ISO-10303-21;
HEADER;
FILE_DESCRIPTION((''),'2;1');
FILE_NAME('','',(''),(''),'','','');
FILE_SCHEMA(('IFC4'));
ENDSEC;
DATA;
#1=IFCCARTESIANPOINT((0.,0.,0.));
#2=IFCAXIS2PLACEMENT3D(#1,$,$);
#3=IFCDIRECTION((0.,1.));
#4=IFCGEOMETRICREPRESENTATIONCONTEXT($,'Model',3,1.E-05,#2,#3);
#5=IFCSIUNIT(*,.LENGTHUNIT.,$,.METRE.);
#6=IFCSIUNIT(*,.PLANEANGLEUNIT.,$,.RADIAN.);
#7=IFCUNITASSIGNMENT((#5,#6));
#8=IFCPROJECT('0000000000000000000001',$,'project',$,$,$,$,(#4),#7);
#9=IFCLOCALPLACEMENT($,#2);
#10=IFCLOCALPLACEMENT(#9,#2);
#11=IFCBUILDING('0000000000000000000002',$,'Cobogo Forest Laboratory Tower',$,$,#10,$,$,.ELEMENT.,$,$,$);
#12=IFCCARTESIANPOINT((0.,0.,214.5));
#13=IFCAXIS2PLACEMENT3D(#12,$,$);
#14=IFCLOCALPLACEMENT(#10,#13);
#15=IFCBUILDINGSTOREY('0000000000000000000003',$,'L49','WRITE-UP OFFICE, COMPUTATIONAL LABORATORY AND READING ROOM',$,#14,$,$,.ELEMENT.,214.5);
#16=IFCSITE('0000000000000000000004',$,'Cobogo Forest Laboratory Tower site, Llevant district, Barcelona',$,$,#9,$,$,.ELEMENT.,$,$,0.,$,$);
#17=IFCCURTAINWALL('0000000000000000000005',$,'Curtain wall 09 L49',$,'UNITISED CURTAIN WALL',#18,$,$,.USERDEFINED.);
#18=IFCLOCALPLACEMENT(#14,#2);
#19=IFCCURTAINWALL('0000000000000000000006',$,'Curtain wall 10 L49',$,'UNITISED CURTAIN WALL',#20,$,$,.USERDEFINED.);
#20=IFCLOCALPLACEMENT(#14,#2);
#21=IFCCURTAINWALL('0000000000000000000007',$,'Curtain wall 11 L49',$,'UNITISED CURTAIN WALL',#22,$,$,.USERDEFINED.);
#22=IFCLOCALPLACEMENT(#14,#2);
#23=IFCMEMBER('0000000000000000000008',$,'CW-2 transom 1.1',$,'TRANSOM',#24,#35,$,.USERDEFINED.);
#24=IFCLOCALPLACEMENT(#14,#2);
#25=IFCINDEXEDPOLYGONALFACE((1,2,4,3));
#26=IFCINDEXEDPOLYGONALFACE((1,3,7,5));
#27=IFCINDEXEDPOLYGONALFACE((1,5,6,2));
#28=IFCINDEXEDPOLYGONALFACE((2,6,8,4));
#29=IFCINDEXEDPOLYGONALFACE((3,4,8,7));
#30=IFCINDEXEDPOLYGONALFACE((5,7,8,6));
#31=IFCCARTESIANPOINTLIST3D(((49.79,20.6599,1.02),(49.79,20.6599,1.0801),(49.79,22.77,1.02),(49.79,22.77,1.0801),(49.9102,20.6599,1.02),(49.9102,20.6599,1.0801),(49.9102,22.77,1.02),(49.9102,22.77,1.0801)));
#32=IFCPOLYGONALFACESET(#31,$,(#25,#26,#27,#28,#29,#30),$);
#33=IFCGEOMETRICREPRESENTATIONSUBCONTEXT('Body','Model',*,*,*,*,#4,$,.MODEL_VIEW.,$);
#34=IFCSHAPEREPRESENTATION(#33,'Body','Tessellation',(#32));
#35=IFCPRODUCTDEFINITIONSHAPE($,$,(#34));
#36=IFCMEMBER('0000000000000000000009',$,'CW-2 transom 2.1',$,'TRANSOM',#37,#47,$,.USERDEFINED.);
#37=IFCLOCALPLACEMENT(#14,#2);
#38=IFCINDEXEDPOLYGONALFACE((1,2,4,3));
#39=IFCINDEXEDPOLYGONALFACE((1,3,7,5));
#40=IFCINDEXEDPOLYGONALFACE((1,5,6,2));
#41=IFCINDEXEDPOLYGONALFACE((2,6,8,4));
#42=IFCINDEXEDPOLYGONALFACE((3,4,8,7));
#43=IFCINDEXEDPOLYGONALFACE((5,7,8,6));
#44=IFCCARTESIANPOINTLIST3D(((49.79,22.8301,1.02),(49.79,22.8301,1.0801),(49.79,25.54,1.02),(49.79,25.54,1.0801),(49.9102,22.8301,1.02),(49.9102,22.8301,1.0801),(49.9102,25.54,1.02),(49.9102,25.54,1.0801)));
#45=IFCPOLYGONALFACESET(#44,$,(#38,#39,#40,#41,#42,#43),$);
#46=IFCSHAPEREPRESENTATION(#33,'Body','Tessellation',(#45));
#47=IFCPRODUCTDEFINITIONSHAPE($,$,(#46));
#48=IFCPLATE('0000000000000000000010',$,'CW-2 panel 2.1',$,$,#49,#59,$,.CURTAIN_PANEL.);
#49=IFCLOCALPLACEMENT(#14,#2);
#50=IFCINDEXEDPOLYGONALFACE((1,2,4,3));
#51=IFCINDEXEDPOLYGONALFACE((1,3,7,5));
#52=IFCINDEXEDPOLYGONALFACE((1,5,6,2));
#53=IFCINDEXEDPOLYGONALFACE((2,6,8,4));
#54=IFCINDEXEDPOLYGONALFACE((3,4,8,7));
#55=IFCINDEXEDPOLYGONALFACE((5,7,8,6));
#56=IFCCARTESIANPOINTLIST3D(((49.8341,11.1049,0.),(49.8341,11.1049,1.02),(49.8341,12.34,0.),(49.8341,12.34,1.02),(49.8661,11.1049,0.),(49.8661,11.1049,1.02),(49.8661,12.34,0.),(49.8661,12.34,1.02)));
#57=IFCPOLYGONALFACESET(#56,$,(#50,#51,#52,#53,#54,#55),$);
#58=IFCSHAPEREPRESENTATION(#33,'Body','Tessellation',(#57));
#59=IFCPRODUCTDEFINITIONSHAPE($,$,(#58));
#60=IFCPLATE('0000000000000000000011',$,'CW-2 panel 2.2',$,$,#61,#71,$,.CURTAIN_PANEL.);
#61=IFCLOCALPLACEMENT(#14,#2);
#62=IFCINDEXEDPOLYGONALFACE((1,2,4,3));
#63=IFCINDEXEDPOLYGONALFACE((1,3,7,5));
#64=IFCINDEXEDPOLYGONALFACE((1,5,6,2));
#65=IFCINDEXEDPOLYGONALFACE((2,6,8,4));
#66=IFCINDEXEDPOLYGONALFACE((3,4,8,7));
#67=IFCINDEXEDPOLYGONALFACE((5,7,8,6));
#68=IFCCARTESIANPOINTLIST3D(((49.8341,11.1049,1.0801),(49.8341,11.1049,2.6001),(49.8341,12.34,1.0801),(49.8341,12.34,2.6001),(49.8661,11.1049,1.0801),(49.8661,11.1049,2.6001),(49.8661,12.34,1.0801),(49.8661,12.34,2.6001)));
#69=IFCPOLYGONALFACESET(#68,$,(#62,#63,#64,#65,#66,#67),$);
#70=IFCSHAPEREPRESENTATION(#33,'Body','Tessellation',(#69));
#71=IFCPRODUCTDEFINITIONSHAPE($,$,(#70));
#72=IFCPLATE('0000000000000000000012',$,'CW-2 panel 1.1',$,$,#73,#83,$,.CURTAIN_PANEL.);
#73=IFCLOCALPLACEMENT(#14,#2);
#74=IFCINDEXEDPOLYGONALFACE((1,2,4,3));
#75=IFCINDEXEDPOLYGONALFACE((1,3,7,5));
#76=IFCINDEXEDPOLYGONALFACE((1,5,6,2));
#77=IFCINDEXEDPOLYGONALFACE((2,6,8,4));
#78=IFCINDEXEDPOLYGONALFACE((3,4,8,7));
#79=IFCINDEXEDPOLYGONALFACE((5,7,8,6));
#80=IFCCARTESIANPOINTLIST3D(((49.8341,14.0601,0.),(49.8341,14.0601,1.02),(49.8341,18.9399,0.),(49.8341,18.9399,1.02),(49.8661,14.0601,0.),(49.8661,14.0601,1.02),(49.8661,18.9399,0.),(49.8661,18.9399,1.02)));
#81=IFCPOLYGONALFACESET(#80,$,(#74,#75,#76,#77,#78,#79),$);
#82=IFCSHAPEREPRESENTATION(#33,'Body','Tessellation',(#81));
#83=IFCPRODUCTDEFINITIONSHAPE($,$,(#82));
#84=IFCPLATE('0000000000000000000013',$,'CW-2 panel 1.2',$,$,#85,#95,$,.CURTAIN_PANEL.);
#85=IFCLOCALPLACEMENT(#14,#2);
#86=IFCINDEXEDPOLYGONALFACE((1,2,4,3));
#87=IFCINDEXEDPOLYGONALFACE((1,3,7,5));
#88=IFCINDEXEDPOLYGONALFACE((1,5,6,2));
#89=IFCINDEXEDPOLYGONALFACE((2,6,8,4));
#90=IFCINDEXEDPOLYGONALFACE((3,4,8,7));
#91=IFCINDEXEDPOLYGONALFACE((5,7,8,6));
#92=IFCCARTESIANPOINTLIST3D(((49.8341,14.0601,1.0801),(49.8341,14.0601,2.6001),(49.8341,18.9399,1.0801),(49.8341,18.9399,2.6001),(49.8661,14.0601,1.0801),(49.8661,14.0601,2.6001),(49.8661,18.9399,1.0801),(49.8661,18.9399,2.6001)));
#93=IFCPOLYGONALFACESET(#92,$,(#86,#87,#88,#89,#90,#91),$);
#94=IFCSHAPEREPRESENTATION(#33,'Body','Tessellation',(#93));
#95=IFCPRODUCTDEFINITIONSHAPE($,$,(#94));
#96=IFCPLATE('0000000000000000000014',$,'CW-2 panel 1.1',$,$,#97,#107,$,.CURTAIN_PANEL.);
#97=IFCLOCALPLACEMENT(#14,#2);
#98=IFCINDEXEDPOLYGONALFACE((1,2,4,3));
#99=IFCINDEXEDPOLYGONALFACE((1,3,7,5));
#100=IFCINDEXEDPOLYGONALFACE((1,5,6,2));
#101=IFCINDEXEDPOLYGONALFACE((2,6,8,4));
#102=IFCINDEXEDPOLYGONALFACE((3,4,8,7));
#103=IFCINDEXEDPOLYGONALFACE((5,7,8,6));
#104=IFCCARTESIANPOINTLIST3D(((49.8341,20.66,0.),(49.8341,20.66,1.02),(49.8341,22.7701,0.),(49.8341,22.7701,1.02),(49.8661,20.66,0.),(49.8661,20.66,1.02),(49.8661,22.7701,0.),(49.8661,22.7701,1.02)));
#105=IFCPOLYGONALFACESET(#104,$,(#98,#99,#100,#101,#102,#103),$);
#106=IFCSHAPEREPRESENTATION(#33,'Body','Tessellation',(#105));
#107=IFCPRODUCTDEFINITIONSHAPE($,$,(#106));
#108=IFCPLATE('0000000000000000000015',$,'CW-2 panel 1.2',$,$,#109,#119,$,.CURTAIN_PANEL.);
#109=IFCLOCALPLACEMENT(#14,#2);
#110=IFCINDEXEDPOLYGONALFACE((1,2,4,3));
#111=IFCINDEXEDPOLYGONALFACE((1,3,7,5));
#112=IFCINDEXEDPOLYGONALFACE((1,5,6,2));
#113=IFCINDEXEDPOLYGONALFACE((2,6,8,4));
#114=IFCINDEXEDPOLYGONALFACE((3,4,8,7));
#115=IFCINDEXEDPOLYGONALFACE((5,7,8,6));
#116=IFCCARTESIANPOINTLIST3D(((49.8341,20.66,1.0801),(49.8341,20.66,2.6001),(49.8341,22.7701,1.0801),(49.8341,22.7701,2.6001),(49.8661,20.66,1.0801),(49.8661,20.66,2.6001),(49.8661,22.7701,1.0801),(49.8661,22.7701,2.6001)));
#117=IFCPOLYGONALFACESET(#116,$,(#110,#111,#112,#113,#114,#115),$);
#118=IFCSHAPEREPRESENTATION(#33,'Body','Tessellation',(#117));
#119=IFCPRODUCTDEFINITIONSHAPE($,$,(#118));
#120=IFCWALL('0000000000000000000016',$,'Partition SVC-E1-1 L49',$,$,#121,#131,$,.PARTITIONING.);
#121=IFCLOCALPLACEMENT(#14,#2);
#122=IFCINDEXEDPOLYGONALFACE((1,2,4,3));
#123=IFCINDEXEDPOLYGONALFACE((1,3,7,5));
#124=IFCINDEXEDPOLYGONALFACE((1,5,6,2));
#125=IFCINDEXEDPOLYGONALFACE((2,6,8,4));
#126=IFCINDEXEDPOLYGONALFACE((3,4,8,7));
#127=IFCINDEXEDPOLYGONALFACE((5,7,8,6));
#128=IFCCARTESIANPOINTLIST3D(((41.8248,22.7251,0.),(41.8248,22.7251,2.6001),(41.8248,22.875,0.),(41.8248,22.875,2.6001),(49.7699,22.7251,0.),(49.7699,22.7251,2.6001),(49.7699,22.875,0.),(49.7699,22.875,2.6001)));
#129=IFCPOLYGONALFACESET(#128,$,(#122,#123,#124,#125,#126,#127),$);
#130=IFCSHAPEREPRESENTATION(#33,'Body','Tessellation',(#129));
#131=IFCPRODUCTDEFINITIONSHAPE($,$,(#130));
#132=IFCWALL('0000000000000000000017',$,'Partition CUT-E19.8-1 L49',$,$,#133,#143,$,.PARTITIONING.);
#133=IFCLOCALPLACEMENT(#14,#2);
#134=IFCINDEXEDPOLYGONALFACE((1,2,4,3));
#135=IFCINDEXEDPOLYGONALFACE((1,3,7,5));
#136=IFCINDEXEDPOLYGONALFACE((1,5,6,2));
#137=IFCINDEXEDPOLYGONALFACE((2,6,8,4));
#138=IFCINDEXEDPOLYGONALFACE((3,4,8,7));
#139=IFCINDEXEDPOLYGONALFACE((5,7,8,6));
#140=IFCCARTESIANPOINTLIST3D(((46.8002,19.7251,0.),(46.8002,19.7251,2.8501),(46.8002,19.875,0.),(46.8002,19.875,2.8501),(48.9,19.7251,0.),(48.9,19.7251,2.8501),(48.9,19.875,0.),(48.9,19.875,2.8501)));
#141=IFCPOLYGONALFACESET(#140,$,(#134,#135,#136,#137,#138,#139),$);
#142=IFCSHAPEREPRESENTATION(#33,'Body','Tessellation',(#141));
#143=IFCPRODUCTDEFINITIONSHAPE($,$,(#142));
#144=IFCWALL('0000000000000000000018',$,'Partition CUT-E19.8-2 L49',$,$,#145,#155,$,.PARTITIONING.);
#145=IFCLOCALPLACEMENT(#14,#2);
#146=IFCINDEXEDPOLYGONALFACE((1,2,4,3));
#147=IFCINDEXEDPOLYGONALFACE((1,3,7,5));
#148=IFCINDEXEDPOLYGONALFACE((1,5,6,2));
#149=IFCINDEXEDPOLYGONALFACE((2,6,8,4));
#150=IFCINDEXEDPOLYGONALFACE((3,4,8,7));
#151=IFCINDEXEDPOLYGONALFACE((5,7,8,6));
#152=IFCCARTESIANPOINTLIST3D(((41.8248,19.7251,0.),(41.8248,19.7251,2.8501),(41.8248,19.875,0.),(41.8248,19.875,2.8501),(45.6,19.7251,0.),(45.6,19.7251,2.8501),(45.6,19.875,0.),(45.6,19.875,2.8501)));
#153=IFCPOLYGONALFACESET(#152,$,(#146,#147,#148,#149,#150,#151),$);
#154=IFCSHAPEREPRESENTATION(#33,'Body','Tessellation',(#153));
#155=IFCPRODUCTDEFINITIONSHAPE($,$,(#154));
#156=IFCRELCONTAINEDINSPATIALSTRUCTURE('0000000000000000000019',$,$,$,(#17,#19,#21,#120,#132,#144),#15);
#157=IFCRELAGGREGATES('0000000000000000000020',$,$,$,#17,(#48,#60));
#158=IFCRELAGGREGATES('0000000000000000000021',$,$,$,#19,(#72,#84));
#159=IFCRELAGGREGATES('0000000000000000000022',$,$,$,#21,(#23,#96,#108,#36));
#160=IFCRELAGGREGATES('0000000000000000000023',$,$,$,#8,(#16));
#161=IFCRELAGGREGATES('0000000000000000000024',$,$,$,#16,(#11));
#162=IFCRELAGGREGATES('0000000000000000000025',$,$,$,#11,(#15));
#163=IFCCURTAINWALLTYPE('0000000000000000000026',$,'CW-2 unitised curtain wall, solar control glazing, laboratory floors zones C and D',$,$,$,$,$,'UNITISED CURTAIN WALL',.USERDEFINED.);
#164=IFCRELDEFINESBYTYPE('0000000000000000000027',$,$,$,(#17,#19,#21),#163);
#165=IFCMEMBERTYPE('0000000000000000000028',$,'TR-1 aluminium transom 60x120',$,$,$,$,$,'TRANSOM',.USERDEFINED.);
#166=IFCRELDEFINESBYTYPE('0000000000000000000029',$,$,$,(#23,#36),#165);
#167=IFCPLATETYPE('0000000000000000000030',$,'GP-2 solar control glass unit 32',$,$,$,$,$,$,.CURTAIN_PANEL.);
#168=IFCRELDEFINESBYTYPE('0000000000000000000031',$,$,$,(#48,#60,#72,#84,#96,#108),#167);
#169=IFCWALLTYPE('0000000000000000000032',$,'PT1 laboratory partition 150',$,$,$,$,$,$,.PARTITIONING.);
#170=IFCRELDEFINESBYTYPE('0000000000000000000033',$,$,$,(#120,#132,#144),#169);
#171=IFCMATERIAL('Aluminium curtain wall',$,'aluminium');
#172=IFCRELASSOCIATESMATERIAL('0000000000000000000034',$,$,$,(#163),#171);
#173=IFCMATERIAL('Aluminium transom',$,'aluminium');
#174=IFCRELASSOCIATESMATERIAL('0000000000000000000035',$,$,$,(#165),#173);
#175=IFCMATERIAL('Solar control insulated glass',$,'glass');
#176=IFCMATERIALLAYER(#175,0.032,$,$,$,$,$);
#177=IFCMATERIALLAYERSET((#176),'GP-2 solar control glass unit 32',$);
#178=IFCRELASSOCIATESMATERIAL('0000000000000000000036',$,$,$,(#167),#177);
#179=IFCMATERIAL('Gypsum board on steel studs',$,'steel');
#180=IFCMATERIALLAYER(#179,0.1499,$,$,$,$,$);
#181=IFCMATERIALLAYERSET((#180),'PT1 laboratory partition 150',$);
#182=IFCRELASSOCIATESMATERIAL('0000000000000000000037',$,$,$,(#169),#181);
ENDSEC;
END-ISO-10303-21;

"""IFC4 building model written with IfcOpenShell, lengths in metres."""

from ifc_helpers import new_model, si_unit, direction, frame, frame_2d, origin, origin_2d, place, context, subcontext, project, spatial, rectangle, extrude, material, layer, layer_set, material_profile, profile_set, type_object, element, aggregate, save


model = new_model("IFC4")

# Units and contexts
model_context = context("Model", 3, precision=1e-05, world=origin(), true_north=direction((0.0, 1.0)))
body_context = subcontext(model_context, "Body", "Model", "MODEL_VIEW")
ifc_project = project(units=[si_unit("LENGTHUNIT", "METRE"), si_unit("PLANEANGLEUNIT", "RADIAN")], contexts=[model_context])

# Site, building, storey
site_placement = place(None, origin())
site = spatial("IfcSite", under=ifc_project, at=site_placement, Name="Cobogo Forest Laboratory Tower site, Llevant district, Barcelona", CompositionType="ELEMENT", RefElevation=0.0)
building_placement = place(site_placement, origin())
building = spatial("IfcBuilding", under=site, at=building_placement, Name="Cobogo Forest Laboratory Tower", CompositionType="ELEMENT")
storey_placement = place(building_placement, frame((0.0, 0.0, 214.5)))
storey = spatial("IfcBuildingStorey", under=building, at=storey_placement, Name="L49", Description="WRITE-UP OFFICE, COMPUTATIONAL LABORATORY AND READING ROOM", CompositionType="ELEMENT", Elevation=214.5)

# Curtain wall
ifc_material_1 = material(Name="Aluminium curtain wall", Category="aluminium")
curtain_wall_type = type_object("IfcCurtainWallType", Name="CW-2 unitised curtain wall, solar control glazing, laboratory floors zones C and D", ElementType="UNITISED CURTAIN WALL", PredefinedType="USERDEFINED", material=ifc_material_1)
curtain_wall_1_placement = place(storey_placement, origin())
curtain_wall_1 = element("IfcCurtainWall", 1, at=curtain_wall_1_placement, inside=storey, type_object=curtain_wall_type, Name="Curtain wall 09 L49", ObjectType="UNITISED CURTAIN WALL", PredefinedType="USERDEFINED")

# Curtain walls
curtain_wall_2_placement = place(storey_placement, origin())
curtain_wall_2 = element("IfcCurtainWall", 2, at=curtain_wall_2_placement, inside=storey, type_object=curtain_wall_type, Name="Curtain wall 10 L49", ObjectType="UNITISED CURTAIN WALL", PredefinedType="USERDEFINED")
curtain_wall_3_placement = place(storey_placement, origin())
curtain_wall_3 = element("IfcCurtainWall", 3, at=curtain_wall_3_placement, inside=storey, type_object=curtain_wall_type, Name="Curtain wall 11 L49", ObjectType="UNITISED CURTAIN WALL", PredefinedType="USERDEFINED")

# Members
ifc_material_2 = material(Name="Aluminium transom", Category="aluminium")
ifc_material_profile_1 = material_profile(ifc_material_2, rectangle(XDim=0.1201, YDim=0.0601, at=origin_2d()), Name="AL 60x120")
ifc_profile_set_1 = profile_set([ifc_material_profile_1], Name="Aluminium transom")
member_type_1 = type_object("IfcMemberType", Name="TR-1 aluminium transom 60x120", ElementType="TRANSOM", PredefinedType="USERDEFINED", material=ifc_profile_set_1)
member_1_placement = place(storey_placement, frame((49.8501, 20.6599, 1.05), z_axis=(0.0, 1.0, 0.0), x_axis=(-1.0, 0.0, 0.0)))
member_1 = element("IfcMember", 4, at=member_1_placement, type_object=member_type_1, Name="CW-2 transom 1.1", ObjectType="TRANSOM", PredefinedType="USERDEFINED", context=body_context, shape_type="SweptSolid", body=[
    extrude(rectangle(XDim=0.1201, YDim=0.0601, at=origin_2d()), origin(), (0.0, 0.0, 1.0), 2.1101),
])
member_2_placement = place(storey_placement, frame((49.8501, 22.8301, 1.05), z_axis=(0.0, 1.0, 0.0), x_axis=(-1.0, 0.0, 0.0)))
member_2 = element("IfcMember", 5, at=member_2_placement, type_object=member_type_1, Name="CW-2 transom 2.1", ObjectType="TRANSOM", PredefinedType="USERDEFINED", context=body_context, shape_type="SweptSolid", body=[
    extrude(rectangle(XDim=0.1201, YDim=0.0601, at=origin_2d()), origin(), (0.0, 0.0, 1.0), 2.71),
])

# Plates
ifc_material_3 = material(Name="Solar control insulated glass", Category="glass")
ifc_layer_1 = layer(ifc_material_3, 0.032)
ifc_layer_set_1 = layer_set([ifc_layer_1], Name="GP-2 solar control glass unit 32")
plate_type_1 = type_object("IfcPlateType", Name="GP-2 solar control glass unit 32", PredefinedType="CURTAIN_PANEL", material=ifc_layer_set_1)
plate_1_placement = place(storey_placement, frame((49.8501, 11.7224, 0.0), z_axis=(0.0, 0.0, 1.0), x_axis=(0.0, 1.0, 0.0)))
plate_1 = element("IfcPlate", 6, at=plate_1_placement, type_object=plate_type_1, Name="CW-2 panel 2.1", PredefinedType="CURTAIN_PANEL", context=body_context, shape_type="SweptSolid", body=[
    extrude(rectangle(XDim=1.2351, YDim=0.032, at=origin_2d()), origin(), (0.0, 0.0, 1.0), 1.02),
])
plate_2_placement = place(storey_placement, frame((49.8501, 11.7224, 1.0801), z_axis=(0.0, 0.0, 1.0), x_axis=(0.0, 1.0, 0.0)))
plate_2 = element("IfcPlate", 7, at=plate_2_placement, type_object=plate_type_1, Name="CW-2 panel 2.2", PredefinedType="CURTAIN_PANEL", context=body_context, shape_type="SweptSolid", body=[
    extrude(rectangle(XDim=1.2351, YDim=0.032, at=origin_2d()), origin(), (0.0, 0.0, 1.0), 1.52),
])
aggregate(curtain_wall_1, [plate_1, plate_2])
plate_3_placement = place(storey_placement, frame((49.8501, 16.5, 0.0), z_axis=(0.0, 0.0, 1.0), x_axis=(0.0, 1.0, 0.0)))
plate_3 = element("IfcPlate", 8, at=plate_3_placement, type_object=plate_type_1, Name="CW-2 panel 1.1", PredefinedType="CURTAIN_PANEL", context=body_context, shape_type="SweptSolid", body=[
    extrude(rectangle(XDim=4.8799, YDim=0.032, at=origin_2d()), origin(), (0.0, 0.0, 1.0), 1.02),
])
plate_4_placement = place(storey_placement, frame((49.8501, 16.5, 1.0801), z_axis=(0.0, 0.0, 1.0), x_axis=(0.0, 1.0, 0.0)))
plate_4 = element("IfcPlate", 9, at=plate_4_placement, type_object=plate_type_1, Name="CW-2 panel 1.2", PredefinedType="CURTAIN_PANEL", context=body_context, shape_type="SweptSolid", body=[
    extrude(rectangle(XDim=4.8799, YDim=0.032, at=origin_2d()), origin(), (0.0, 0.0, 1.0), 1.52),
])
aggregate(curtain_wall_2, [plate_3, plate_4])
plate_5_placement = place(storey_placement, frame((49.8501, 21.7151, 0.0), z_axis=(0.0, 0.0, 1.0), x_axis=(0.0, 1.0, 0.0)))
plate_5 = element("IfcPlate", 10, at=plate_5_placement, type_object=plate_type_1, Name="CW-2 panel 1.1", PredefinedType="CURTAIN_PANEL", context=body_context, shape_type="SweptSolid", body=[
    extrude(rectangle(XDim=2.1101, YDim=0.032, at=origin_2d()), origin(), (0.0, 0.0, 1.0), 1.02),
])
plate_6_placement = place(storey_placement, frame((49.8501, 21.7151, 1.0801), z_axis=(0.0, 0.0, 1.0), x_axis=(0.0, 1.0, 0.0)))
plate_6 = element("IfcPlate", 11, at=plate_6_placement, type_object=plate_type_1, Name="CW-2 panel 1.2", PredefinedType="CURTAIN_PANEL", context=body_context, shape_type="SweptSolid", body=[
    extrude(rectangle(XDim=2.1101, YDim=0.032, at=origin_2d()), origin(), (0.0, 0.0, 1.0), 1.52),
])
aggregate(curtain_wall_3, [member_1, plate_5, plate_6, member_2])

# Walls
ifc_material_4 = material(Name="Gypsum board on steel studs", Category="steel")
ifc_layer_2 = layer(ifc_material_4, 0.1499)
ifc_layer_set_2 = layer_set([ifc_layer_2], Name="PT1 laboratory partition 150")
wall_type = type_object("IfcWallType", Name="PT1 laboratory partition 150", PredefinedType="PARTITIONING", material=ifc_layer_set_2)
wall_1_placement = place(storey_placement, frame((49.77, 22.8, 0.0), z_axis=(0.0, 0.0, 1.0), x_axis=(-1.0, 0.0, 0.0)))
element("IfcWall", 12, at=wall_1_placement, inside=storey, type_object=wall_type, Name="Partition SVC-E1-1 L49", PredefinedType="PARTITIONING", context=body_context, shape_type="SweptSolid", body=[
    extrude(rectangle(XDim=7.9451, YDim=0.1499, at=frame_2d((3.9727, 0.0))), origin(), (0.0, 0.0, 1.0), 2.6001),
])
wall_2_placement = place(storey_placement, frame((48.8999, 19.8, 0.0), z_axis=(0.0, 0.0, 1.0), x_axis=(-1.0, 0.0, 0.0)))
element("IfcWall", 13, at=wall_2_placement, inside=storey, type_object=wall_type, Name="Partition CUT-E19.8-1 L49", PredefinedType="PARTITIONING", context=body_context, shape_type="SweptSolid", body=[
    extrude(rectangle(XDim=2.0999, YDim=0.1499, at=frame_2d((1.0498, 0.0))), origin(), (0.0, 0.0, 1.0), 2.8501),
])
wall_3_placement = place(storey_placement, frame((45.6001, 19.8, 0.0), z_axis=(0.0, 0.0, 1.0), x_axis=(-1.0, 0.0, 0.0)))
element("IfcWall", 14, at=wall_3_placement, inside=storey, type_object=wall_type, Name="Partition CUT-E19.8-2 L49", PredefinedType="PARTITIONING", context=body_context, shape_type="SweptSolid", body=[
    extrude(rectangle(XDim=3.7751, YDim=0.1499, at=frame_2d((1.8877, 0.0))), origin(), (0.0, 0.0, 1.0), 2.8501),
])

save(model, "model.ifc")
